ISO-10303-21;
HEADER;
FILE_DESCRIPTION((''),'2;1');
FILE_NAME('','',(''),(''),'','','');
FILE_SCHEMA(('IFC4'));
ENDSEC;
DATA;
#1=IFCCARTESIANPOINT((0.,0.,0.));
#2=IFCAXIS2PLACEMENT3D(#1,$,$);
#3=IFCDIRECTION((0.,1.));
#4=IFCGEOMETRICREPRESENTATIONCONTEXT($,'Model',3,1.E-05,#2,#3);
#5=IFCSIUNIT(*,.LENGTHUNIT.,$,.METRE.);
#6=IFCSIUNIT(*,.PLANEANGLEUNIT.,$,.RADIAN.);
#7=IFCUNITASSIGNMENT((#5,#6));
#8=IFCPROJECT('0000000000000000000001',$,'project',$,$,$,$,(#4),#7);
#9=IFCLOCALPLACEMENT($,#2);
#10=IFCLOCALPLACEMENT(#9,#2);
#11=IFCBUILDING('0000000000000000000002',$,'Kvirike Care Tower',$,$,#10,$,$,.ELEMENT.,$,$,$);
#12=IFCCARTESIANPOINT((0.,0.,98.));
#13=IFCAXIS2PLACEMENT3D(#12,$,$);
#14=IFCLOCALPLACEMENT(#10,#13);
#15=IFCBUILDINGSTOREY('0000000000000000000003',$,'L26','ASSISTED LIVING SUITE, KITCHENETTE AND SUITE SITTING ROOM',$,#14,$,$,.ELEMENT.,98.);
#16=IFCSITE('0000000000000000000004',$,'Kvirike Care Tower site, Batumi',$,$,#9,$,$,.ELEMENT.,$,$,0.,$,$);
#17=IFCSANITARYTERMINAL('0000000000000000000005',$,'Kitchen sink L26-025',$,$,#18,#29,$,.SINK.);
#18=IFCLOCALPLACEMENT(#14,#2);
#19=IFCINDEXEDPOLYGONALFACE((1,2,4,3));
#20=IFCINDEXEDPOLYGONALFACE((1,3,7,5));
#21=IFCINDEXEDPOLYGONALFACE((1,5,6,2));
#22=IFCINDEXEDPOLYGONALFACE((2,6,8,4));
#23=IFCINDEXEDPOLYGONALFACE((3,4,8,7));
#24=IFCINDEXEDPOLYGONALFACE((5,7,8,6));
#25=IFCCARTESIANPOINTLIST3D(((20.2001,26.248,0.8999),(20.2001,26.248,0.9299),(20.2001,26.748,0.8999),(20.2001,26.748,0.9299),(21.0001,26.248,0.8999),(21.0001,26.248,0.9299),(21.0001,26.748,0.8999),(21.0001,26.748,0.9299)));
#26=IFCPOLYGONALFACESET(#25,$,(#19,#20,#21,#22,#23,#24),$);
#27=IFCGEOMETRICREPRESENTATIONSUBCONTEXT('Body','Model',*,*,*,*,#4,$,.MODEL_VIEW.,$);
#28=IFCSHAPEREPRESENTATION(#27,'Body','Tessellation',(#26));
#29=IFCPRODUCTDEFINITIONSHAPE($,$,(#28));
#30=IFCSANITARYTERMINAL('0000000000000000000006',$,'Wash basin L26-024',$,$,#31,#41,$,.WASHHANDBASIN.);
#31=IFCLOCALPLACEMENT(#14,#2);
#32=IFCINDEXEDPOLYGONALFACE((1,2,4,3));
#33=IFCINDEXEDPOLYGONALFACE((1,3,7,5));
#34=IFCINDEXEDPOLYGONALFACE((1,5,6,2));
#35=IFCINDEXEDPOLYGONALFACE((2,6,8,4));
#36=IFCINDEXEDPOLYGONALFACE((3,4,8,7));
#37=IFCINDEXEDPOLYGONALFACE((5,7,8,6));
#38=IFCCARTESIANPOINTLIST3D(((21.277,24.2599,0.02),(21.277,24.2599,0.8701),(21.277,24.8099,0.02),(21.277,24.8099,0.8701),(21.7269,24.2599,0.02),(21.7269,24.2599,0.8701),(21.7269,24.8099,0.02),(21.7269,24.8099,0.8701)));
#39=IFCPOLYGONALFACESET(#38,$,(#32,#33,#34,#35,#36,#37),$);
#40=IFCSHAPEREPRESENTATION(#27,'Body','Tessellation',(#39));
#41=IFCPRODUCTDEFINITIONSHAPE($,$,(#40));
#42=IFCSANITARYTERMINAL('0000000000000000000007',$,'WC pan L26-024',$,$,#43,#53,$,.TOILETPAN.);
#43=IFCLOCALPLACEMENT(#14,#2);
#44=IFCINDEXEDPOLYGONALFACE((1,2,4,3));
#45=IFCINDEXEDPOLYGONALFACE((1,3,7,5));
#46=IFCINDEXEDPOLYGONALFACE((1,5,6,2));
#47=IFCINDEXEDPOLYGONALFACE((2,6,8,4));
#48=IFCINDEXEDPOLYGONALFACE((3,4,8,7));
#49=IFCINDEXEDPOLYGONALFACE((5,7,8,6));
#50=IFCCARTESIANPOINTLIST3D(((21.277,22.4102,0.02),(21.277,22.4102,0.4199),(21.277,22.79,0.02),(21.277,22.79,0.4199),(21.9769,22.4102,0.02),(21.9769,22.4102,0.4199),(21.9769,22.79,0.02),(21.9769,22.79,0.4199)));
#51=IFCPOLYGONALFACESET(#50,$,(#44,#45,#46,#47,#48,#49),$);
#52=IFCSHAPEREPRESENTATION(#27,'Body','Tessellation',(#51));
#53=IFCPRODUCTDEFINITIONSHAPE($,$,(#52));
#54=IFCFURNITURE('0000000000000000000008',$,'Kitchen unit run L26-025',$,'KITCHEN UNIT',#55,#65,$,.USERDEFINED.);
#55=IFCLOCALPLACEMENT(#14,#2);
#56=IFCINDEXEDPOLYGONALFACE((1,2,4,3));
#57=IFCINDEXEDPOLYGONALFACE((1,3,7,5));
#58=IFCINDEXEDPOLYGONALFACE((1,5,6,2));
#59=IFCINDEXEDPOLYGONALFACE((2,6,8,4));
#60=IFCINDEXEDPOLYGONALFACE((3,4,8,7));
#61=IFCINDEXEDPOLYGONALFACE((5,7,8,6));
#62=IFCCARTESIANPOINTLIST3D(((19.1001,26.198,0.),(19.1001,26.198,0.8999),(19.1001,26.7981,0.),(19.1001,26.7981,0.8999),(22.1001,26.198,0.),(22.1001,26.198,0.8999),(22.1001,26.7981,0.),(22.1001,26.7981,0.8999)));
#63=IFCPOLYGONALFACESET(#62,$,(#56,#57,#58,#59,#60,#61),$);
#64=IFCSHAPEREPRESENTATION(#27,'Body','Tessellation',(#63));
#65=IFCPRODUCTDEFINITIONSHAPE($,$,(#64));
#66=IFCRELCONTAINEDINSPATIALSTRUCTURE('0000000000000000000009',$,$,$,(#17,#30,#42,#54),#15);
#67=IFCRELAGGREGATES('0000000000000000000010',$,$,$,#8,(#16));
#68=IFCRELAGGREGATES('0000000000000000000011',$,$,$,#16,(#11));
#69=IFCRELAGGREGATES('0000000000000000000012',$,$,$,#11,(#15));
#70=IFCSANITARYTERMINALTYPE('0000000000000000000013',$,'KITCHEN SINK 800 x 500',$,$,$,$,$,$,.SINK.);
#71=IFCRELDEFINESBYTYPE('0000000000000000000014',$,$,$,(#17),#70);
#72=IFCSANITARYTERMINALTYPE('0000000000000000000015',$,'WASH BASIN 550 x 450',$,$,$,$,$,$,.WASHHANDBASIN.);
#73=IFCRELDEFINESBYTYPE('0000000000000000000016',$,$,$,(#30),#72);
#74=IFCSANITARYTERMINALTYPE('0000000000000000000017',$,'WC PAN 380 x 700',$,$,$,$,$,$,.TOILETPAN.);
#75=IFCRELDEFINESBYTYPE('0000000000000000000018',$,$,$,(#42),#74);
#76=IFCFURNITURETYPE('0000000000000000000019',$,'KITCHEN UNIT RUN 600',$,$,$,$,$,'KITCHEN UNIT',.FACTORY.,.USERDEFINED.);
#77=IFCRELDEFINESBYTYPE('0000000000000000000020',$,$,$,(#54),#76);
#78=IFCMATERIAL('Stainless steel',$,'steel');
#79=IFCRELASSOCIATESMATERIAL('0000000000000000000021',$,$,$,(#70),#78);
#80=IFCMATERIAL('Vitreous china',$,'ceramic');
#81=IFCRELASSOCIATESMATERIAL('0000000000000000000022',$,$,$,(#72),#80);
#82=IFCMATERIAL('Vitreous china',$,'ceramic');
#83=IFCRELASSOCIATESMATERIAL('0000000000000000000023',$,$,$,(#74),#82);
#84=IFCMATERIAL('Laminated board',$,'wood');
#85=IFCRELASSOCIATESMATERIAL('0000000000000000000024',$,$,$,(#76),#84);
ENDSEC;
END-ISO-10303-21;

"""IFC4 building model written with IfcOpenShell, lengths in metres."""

from ifc_helpers import new_model, si_unit, direction, frame, origin, origin_2d, place, context, subcontext, project, spatial, rectangle, extrude, material, type_object, element, save


model = new_model("IFC4")

# Units and contexts
model_context = context("Model", 3, precision=1e-05, world=origin(), true_north=direction((0.0, 1.0)))
body_context = subcontext(model_context, "Body", "Model", "MODEL_VIEW")
ifc_project = project(units=[si_unit("LENGTHUNIT", "METRE"), si_unit("PLANEANGLEUNIT", "RADIAN")], contexts=[model_context])

# Site, building, storey
site_placement = place(None, origin())
site = spatial("IfcSite", under=ifc_project, at=site_placement, Name="Kvirike Care Tower site, Batumi", CompositionType="ELEMENT", RefElevation=0.0)
building_placement = place(site_placement, origin())
building = spatial("IfcBuilding", under=site, at=building_placement, Name="Kvirike Care Tower", CompositionType="ELEMENT")
storey_placement = place(building_placement, frame((0.0, 0.0, 98.0)))
storey = spatial("IfcBuildingStorey", under=building, at=storey_placement, Name="L26", Description="ASSISTED LIVING SUITE, KITCHENETTE AND SUITE SITTING ROOM", CompositionType="ELEMENT", Elevation=98.0)

# Sanitary terminals
ifc_material_1 = material(Name="Stainless steel", Category="steel")
sanitary_terminal_type_1 = type_object("IfcSanitaryTerminalType", Name="KITCHEN SINK 800 x 500", PredefinedType="SINK", material=ifc_material_1)
sanitary_terminal_1_placement = place(storey_placement, frame((20.6001, 26.498, 0.8999), z_axis=(0.0, 0.0, 1.0), x_axis=(1.0, 0.0, 0.0)))
element("IfcSanitaryTerminal", 1, at=sanitary_terminal_1_placement, inside=storey, type_object=sanitary_terminal_type_1, Name="Kitchen sink L26-025", PredefinedType="SINK", context=body_context, shape_type="SweptSolid", body=[
    extrude(rectangle(XDim=0.8, YDim=0.5, at=origin_2d()), origin(), (0.0, 0.0, 1.0), 0.03),
])
ifc_material_2 = material(Name="Vitreous china", Category="ceramic")
sanitary_terminal_type_2 = type_object("IfcSanitaryTerminalType", Name="WASH BASIN 550 x 450", PredefinedType="WASHHANDBASIN", material=ifc_material_2)
sanitary_terminal_2_placement = place(storey_placement, frame((21.502, 24.5349, 0.02), z_axis=(0.0, 0.0, 1.0), x_axis=(0.0, 1.0, 0.0)))
element("IfcSanitaryTerminal", 2, at=sanitary_terminal_2_placement, inside=storey, type_object=sanitary_terminal_type_2, Name="Wash basin L26-024", PredefinedType="WASHHANDBASIN", context=body_context, shape_type="SweptSolid", body=[
    extrude(rectangle(XDim=0.55, YDim=0.45, at=origin_2d()), origin(), (0.0, 0.0, 1.0), 0.8501),
])
ifc_material_3 = material(Name="Vitreous china", Category="ceramic")
sanitary_terminal_type_3 = type_object("IfcSanitaryTerminalType", Name="WC PAN 380 x 700", PredefinedType="TOILETPAN", material=ifc_material_3)
sanitary_terminal_3_placement = place(storey_placement, frame((21.627, 22.6001, 0.02), z_axis=(0.0, 0.0, 1.0), x_axis=(0.0, 1.0, 0.0)))
element("IfcSanitaryTerminal", 3, at=sanitary_terminal_3_placement, inside=storey, type_object=sanitary_terminal_type_3, Name="WC pan L26-024", PredefinedType="TOILETPAN", context=body_context, shape_type="SweptSolid", body=[
    extrude(rectangle(XDim=0.3799, YDim=0.7, at=origin_2d()), origin(), (0.0, 0.0, 1.0), 0.3999),
])

# Furniture
ifc_material_4 = material(Name="Laminated board", Category="wood")
furniture_type = type_object("IfcFurnitureType", Name="KITCHEN UNIT RUN 600", ElementType="KITCHEN UNIT", AssemblyPlace="FACTORY", PredefinedType="USERDEFINED", material=ifc_material_4)
furniture_placement = place(storey_placement, frame((20.6001, 26.498, 0.0), z_axis=(0.0, 0.0, 1.0), x_axis=(1.0, 0.0, 0.0)))
element("IfcFurniture", 4, at=furniture_placement, inside=storey, type_object=furniture_type, Name="Kitchen unit run L26-025", ObjectType="KITCHEN UNIT", PredefinedType="USERDEFINED", context=body_context, shape_type="SweptSolid", body=[
    extrude(rectangle(XDim=3.0, YDim=0.6001, at=origin_2d()), origin(), (0.0, 0.0, 1.0), 0.8999),
])

save(model, "model.ifc")
